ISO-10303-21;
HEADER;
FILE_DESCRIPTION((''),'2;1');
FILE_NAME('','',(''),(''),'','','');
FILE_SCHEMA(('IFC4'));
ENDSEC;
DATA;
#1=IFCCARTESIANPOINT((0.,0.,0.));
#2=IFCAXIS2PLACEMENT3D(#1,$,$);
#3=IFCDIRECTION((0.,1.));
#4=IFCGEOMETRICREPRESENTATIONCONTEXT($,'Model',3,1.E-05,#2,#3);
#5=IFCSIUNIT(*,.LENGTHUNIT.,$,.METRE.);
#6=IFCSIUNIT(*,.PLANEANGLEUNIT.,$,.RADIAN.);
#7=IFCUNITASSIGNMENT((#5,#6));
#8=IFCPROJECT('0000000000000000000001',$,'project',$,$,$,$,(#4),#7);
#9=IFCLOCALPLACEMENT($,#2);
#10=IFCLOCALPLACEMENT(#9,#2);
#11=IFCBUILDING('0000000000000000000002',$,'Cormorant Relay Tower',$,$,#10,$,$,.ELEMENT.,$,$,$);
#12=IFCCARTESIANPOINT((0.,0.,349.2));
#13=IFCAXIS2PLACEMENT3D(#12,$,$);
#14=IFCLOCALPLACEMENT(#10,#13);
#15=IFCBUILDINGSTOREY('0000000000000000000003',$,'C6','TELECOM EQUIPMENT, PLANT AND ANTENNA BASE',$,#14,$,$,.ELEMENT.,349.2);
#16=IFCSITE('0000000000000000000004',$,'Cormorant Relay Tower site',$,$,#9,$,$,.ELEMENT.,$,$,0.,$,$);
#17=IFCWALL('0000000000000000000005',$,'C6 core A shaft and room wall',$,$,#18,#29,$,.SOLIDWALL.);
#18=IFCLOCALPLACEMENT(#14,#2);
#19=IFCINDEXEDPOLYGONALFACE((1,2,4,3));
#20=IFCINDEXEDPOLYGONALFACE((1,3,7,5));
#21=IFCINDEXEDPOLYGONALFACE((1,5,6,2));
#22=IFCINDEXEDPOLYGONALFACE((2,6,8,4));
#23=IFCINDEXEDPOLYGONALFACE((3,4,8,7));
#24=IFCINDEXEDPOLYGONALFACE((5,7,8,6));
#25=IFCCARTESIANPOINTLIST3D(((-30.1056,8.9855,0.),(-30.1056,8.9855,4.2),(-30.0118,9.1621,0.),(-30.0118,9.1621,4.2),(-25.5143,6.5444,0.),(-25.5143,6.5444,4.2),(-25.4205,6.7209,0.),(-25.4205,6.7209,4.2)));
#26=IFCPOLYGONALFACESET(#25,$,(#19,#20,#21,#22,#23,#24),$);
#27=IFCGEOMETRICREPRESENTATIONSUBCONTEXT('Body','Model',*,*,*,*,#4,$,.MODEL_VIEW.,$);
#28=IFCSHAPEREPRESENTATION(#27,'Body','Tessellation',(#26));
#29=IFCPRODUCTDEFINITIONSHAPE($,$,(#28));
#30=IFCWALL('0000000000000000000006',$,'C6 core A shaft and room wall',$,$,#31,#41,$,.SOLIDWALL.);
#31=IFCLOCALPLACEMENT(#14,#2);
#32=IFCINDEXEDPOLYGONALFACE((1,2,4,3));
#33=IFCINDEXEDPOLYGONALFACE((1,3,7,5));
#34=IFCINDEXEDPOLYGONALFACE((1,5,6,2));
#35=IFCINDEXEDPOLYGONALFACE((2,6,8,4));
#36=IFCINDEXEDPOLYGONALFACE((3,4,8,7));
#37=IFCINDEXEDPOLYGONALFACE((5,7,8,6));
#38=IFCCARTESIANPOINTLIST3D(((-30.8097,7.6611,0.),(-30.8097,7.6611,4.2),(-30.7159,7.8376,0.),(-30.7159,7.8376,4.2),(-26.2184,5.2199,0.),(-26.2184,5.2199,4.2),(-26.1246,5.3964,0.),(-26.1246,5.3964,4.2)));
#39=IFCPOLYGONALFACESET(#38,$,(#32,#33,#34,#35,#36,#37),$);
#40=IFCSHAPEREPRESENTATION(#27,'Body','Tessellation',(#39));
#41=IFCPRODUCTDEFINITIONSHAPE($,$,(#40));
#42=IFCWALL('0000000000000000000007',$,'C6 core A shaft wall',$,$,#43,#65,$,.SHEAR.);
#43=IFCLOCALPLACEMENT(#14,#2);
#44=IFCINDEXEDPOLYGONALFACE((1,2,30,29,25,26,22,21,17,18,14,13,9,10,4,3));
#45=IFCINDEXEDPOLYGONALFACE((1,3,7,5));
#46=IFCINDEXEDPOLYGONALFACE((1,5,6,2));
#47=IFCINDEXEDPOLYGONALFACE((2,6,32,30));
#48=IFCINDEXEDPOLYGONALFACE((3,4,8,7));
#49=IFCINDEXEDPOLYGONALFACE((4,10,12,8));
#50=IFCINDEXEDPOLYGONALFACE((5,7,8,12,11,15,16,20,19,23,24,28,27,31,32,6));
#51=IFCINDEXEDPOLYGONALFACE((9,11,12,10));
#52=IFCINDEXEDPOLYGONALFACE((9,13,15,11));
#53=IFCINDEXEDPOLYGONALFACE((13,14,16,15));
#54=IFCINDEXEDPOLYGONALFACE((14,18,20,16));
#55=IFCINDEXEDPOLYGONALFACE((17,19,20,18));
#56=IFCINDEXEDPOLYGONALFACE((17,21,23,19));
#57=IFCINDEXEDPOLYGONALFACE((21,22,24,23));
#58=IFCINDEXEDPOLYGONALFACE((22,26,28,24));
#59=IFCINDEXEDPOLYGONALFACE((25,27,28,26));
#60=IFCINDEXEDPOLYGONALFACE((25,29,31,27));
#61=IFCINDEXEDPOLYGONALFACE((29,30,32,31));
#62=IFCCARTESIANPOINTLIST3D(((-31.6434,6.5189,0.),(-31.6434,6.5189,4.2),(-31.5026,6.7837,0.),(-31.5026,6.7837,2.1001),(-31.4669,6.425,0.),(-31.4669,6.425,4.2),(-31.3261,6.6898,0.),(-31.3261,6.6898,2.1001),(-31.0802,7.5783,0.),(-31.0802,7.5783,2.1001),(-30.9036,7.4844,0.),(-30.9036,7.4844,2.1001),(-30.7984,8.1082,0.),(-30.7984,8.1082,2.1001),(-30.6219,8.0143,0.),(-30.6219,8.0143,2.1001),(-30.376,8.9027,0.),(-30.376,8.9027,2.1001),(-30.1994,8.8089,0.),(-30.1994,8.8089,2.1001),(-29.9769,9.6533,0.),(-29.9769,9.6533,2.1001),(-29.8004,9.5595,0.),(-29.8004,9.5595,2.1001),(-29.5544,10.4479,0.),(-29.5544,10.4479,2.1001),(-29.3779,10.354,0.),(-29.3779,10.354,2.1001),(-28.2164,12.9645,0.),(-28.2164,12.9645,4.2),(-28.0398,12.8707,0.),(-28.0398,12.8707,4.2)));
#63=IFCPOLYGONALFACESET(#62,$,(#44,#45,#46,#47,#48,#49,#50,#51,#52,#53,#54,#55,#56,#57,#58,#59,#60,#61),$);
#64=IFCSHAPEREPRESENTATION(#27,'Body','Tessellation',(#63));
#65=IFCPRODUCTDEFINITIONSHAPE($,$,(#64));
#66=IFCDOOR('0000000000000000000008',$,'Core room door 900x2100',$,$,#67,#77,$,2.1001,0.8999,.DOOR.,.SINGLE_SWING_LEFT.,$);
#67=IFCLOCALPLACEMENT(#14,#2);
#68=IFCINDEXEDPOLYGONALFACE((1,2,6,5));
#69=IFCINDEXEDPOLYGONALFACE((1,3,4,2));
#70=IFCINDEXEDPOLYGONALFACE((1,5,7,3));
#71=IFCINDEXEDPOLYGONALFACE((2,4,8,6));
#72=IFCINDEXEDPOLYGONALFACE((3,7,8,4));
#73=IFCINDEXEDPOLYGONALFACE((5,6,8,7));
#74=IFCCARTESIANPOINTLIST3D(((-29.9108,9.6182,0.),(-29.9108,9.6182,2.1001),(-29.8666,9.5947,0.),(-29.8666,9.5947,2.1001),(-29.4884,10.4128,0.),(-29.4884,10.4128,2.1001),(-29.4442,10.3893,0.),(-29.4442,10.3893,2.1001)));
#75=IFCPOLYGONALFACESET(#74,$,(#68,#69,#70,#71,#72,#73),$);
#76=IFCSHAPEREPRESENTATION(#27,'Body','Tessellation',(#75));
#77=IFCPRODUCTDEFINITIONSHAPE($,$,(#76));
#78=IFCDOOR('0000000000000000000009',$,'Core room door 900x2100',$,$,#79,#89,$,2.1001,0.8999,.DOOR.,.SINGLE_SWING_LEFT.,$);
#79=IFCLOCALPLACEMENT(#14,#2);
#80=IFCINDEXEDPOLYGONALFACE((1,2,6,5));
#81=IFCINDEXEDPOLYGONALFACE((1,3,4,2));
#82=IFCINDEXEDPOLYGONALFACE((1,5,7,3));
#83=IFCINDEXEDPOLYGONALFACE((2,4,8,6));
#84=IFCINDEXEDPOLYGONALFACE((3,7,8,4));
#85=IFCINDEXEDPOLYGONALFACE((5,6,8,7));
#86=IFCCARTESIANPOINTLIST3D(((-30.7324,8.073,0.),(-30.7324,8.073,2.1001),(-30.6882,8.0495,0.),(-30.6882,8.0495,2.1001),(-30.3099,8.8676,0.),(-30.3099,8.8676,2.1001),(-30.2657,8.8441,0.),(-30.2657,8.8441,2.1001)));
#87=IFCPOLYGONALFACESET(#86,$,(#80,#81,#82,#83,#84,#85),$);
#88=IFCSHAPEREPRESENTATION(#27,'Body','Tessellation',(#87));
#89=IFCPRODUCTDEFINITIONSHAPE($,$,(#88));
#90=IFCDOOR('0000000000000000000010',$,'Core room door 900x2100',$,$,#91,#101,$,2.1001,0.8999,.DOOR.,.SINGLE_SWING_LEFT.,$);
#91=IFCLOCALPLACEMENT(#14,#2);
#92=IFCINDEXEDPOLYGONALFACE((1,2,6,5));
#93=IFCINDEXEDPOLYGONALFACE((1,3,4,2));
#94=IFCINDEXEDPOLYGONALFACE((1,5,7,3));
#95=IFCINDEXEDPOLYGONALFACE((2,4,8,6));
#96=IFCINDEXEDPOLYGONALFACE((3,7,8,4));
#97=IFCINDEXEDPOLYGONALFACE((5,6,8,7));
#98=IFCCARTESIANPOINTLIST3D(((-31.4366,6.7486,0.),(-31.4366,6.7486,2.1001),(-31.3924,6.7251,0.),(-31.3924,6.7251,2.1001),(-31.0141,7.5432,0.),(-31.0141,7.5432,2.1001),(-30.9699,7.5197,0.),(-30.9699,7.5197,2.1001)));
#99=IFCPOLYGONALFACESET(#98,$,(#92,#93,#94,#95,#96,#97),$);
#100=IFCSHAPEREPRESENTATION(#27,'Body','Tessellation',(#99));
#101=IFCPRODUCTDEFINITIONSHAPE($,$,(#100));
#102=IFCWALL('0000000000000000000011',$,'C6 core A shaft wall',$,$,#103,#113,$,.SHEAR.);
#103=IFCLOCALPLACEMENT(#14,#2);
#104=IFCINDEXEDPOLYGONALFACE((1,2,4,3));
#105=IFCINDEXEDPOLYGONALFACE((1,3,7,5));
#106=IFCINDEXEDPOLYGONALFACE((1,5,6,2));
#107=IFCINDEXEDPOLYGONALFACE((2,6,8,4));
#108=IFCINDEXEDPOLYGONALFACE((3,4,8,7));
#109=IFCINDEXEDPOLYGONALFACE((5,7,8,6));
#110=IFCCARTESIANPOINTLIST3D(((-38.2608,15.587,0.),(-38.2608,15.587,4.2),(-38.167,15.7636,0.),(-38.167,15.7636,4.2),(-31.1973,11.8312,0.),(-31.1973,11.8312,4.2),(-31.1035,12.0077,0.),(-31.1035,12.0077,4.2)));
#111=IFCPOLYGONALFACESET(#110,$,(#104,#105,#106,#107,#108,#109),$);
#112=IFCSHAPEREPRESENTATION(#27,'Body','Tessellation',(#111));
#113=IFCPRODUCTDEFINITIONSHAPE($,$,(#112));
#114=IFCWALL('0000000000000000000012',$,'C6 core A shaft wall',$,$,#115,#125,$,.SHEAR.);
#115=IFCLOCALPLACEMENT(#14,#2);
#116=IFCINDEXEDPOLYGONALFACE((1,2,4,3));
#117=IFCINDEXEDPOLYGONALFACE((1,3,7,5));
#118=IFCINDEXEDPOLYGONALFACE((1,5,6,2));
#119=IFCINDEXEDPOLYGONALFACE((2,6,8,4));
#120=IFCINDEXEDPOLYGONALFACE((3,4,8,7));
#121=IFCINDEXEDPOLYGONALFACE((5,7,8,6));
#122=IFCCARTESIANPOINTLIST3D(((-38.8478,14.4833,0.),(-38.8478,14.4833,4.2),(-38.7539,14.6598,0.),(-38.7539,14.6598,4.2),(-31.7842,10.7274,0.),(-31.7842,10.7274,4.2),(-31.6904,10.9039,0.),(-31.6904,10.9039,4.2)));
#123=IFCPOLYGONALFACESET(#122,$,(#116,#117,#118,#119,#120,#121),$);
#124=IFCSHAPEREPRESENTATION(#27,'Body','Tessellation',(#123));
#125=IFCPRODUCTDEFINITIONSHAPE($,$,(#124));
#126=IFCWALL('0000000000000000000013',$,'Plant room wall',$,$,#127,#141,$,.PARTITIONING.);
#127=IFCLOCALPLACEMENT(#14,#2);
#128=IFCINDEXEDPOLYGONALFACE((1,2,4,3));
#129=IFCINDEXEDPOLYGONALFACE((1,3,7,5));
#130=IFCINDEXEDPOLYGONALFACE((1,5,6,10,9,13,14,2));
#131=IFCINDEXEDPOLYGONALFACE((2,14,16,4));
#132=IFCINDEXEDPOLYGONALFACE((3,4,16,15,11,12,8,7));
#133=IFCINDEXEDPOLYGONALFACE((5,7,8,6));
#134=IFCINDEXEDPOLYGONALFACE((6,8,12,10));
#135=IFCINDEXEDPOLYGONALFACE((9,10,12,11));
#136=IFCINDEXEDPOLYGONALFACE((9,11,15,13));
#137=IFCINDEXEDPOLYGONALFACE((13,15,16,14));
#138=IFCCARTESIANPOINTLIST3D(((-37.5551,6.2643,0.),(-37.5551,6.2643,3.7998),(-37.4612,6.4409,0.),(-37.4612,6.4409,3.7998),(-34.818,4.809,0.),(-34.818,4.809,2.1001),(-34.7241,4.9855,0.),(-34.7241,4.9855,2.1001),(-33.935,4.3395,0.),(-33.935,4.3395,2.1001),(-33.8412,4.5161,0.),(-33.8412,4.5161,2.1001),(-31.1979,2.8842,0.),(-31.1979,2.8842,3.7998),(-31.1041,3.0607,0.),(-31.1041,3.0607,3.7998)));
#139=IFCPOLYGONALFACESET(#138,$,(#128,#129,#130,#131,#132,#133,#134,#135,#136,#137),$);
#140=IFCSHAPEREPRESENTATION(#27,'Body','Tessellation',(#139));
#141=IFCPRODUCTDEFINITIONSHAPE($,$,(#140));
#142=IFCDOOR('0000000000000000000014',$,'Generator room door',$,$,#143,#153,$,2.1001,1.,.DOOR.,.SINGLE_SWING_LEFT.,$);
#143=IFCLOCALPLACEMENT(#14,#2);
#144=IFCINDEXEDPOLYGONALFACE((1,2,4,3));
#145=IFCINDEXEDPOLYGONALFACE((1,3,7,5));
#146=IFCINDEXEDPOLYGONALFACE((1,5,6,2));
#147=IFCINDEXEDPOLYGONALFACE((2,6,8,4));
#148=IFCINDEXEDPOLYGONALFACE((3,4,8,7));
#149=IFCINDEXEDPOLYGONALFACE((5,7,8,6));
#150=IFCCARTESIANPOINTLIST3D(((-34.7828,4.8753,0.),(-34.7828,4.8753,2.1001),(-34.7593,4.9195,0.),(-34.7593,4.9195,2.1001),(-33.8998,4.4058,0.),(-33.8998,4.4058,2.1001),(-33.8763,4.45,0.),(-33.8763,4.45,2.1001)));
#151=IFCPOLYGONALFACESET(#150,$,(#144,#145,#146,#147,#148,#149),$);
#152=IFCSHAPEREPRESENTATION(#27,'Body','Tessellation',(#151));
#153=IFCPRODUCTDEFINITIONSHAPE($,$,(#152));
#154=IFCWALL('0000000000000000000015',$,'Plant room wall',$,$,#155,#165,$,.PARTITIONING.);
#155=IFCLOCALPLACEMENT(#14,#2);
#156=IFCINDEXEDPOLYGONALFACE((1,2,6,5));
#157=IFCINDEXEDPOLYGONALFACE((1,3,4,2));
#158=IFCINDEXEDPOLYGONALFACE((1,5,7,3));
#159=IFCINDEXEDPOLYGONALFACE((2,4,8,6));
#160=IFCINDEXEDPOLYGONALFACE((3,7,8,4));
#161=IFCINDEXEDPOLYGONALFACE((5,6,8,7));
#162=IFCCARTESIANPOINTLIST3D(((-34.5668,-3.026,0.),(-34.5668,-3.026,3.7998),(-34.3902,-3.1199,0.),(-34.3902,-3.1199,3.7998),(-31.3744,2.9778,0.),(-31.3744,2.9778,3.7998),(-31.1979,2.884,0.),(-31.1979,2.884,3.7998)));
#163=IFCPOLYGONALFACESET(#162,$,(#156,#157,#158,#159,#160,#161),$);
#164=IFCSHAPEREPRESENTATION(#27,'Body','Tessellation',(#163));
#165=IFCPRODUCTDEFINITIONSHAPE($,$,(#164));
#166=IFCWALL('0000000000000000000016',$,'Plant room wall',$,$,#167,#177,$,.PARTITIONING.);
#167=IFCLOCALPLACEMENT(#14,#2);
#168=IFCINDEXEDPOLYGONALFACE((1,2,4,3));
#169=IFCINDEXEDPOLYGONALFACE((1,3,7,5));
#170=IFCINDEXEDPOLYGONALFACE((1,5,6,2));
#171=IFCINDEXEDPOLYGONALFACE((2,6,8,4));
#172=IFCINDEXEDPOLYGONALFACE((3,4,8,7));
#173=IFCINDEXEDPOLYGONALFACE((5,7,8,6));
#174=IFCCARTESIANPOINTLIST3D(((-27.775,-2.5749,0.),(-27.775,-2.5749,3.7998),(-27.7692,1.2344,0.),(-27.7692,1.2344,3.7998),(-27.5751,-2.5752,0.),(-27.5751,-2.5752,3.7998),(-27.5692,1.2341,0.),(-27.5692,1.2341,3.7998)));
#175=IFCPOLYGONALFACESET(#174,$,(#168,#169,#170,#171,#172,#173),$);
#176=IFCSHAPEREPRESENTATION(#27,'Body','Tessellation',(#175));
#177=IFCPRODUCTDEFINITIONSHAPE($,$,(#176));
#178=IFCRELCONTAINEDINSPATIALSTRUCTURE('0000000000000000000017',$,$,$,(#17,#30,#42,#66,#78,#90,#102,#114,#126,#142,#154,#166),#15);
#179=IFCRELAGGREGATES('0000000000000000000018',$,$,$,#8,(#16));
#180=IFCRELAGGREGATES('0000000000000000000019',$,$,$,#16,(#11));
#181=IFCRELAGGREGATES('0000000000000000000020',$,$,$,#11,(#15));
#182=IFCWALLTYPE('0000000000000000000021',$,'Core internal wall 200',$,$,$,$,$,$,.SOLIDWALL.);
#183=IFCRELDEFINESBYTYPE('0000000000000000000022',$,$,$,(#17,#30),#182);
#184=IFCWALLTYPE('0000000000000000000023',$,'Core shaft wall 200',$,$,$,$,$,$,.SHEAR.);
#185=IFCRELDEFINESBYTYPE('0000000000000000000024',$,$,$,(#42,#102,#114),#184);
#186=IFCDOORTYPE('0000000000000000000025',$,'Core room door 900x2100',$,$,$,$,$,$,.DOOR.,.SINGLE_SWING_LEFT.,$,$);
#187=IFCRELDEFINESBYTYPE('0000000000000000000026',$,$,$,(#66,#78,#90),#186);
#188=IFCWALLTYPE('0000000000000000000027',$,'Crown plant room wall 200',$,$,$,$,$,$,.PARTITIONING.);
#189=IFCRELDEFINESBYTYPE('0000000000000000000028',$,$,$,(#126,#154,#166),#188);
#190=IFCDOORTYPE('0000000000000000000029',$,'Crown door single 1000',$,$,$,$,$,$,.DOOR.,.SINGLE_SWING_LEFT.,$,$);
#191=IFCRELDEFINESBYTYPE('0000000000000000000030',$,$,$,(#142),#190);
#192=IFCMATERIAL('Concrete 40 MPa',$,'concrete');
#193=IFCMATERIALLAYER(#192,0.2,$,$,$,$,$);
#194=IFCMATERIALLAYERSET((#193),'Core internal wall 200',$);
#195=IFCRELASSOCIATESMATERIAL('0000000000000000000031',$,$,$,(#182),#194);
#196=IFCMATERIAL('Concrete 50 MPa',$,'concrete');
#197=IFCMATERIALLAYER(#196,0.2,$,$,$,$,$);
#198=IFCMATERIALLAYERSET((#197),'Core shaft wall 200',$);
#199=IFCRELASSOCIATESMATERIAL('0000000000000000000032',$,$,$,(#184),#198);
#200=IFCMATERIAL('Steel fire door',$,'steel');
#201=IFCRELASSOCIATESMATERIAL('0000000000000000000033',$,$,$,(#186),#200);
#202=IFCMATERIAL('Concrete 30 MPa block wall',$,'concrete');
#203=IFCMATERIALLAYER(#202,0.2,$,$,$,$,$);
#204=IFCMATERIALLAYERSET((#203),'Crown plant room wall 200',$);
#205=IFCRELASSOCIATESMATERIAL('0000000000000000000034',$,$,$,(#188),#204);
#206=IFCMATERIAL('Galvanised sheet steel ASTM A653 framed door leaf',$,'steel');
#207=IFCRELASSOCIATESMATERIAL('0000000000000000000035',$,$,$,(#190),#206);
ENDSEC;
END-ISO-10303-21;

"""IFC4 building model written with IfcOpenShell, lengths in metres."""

from ifc_helpers import new_model, si_unit, direction, frame, frame_2d, origin, place, context, subcontext, project, spatial, rectangle, extrude, material, layer, layer_set, type_object, element, fill, save


model = new_model("IFC4")

# Units and contexts
model_context = context("Model", 3, precision=1e-05, world=origin(), true_north=direction((0.0, 1.0)))
body_context = subcontext(model_context, "Body", "Model", "MODEL_VIEW")
ifc_project = project(units=[si_unit("LENGTHUNIT", "METRE"), si_unit("PLANEANGLEUNIT", "RADIAN")], contexts=[model_context])

# Site, building, storey
site_placement = place(None, origin())
site = spatial("IfcSite", under=ifc_project, at=site_placement, Name="Cormorant Relay Tower site", CompositionType="ELEMENT", RefElevation=0.0)
building_placement = place(site_placement, origin())
building = spatial("IfcBuilding", under=site, at=building_placement, Name="Cormorant Relay Tower", CompositionType="ELEMENT")
storey_placement = place(building_placement, frame((0.0, 0.0, 349.2)))
storey = spatial("IfcBuildingStorey", under=building, at=storey_placement, Name="C6", Description="TELECOM EQUIPMENT, PLANT AND ANTENNA BASE", CompositionType="ELEMENT", Elevation=349.2)

# Walls
ifc_material_1 = material(Name="Concrete 40 MPa", Category="concrete")
ifc_layer_1 = layer(ifc_material_1, 0.2)
ifc_layer_set_1 = layer_set([ifc_layer_1], Name="Core internal wall 200")
wall_type_1 = type_object("IfcWallType", Name="Core internal wall 200", PredefinedType="SOLIDWALL", material=ifc_layer_set_1)
for number, where, z_axis, x_axis, name in (
    (1, (-25.4673, 6.6326, 0.0), (0.0, 0.0, 1.0), (-0.882954, 0.46946, 0.0), "C6 core A shaft and room wall"),
    (2, (-26.1714, 5.3081, 0.0), (0.0, 0.0, 1.0), (-0.882954, 0.46946, 0.0), "C6 core A shaft and room wall"),
):
    element("IfcWall", number, at=place(storey_placement, frame(where, z_axis=z_axis, x_axis=x_axis)), inside=storey, type_object=wall_type_1, Name=name, PredefinedType="SOLIDWALL", context=body_context, shape_type="SweptSolid", body=[
        extrude(rectangle(XDim=5.2, YDim=0.2, at=frame_2d((2.6001, 0.0))), origin(), (0.0, 0.0, 1.0), 4.2),
    ])

# Wall, openings, doors
ifc_material_2 = material(Name="Concrete 50 MPa", Category="concrete")
ifc_layer_2 = layer(ifc_material_2, 0.2)
ifc_layer_set_2 = layer_set([ifc_layer_2], Name="Core shaft wall 200")
wall_type_2 = type_object("IfcWallType", Name="Core shaft wall 200", PredefinedType="SHEAR", material=ifc_layer_set_2)
wall_1_placement = place(storey_placement, frame((-28.1282, 12.9175, 0.0), z_axis=(0.0, 0.0, 1.0), x_axis=(-0.469454, -0.882957, 0.0)))
wall_1 = element("IfcWall", 3, at=wall_1_placement, inside=storey, type_object=wall_type_2, Name="C6 core A shaft wall", PredefinedType="SHEAR", context=body_context, shape_type="SweptSolid", body=[
    extrude(rectangle(XDim=7.3, YDim=0.2, at=frame_2d((3.6499, 0.0))), origin(), (0.0, 0.0, 1.0), 4.2),
])
opening_1_placement = place(wall_1_placement, frame((2.8501, 0.0, 0.0)))
opening_1 = element("IfcOpeningElement", 4, at=opening_1_placement, cuts=wall_1, PredefinedType="OPENING", context=body_context, shape_type="SweptSolid", body=[
    extrude(rectangle(XDim=0.8999, YDim=2.1001, at=frame_2d((0.45, 1.05))), frame((0.0, 0.1099, 0.0), z_axis=(0.0, -1.0, 0.0), x_axis=(1.0, 0.0, 0.0)), (0.0, 0.0, 1.0), 0.22),
])
opening_2_placement = place(wall_1_placement, frame((4.6001, 0.0, 0.0)))
opening_2 = element("IfcOpeningElement", 5, at=opening_2_placement, cuts=wall_1, PredefinedType="OPENING", context=body_context, shape_type="SweptSolid", body=[
    extrude(rectangle(XDim=0.8999, YDim=2.1001, at=frame_2d((0.45, 1.05))), frame((0.0, 0.1099, 0.0), z_axis=(0.0, -1.0, 0.0), x_axis=(1.0, 0.0, 0.0)), (0.0, 0.0, 1.0), 0.22),
])
opening_3_placement = place(wall_1_placement, frame((6.1001, 0.0, 0.0)))
opening_3 = element("IfcOpeningElement", 6, at=opening_3_placement, cuts=wall_1, PredefinedType="OPENING", context=body_context, shape_type="SweptSolid", body=[
    extrude(rectangle(XDim=0.8999, YDim=2.1001, at=frame_2d((0.45, 1.05))), frame((0.0, 0.1099, 0.0), z_axis=(0.0, -1.0, 0.0), x_axis=(1.0, 0.0, 0.0)), (0.0, 0.0, 1.0), 0.22),
])
ifc_material_3 = material(Name="Steel fire door", Category="steel")
door_type_1 = type_object("IfcDoorType", Name="Core room door 900x2100", OperationType="SINGLE_SWING_LEFT", PredefinedType="DOOR", material=ifc_material_3)
door_1_placement = place(opening_1_placement, origin())
door_1 = element("IfcDoor", 7, at=door_1_placement, inside=storey, type_object=door_type_1, Name="Core room door 900x2100", OperationType="SINGLE_SWING_LEFT", OverallHeight=2.1001, OverallWidth=0.8999, PredefinedType="DOOR", context=body_context, shape_type="SweptSolid", body=[
    extrude(rectangle(XDim=0.8999, YDim=2.1001, at=frame_2d((0.45, 1.05))), frame((0.0, 0.0249, 0.0), z_axis=(0.0, -1.0, 0.0), x_axis=(1.0, 0.0, 0.0)), (0.0, 0.0, 1.0), 0.05),
])
fill(opening_1, door_1)
door_2_placement = place(opening_2_placement, origin())
door_2 = element("IfcDoor", 8, at=door_2_placement, inside=storey, type_object=door_type_1, Name="Core room door 900x2100", OperationType="SINGLE_SWING_LEFT", OverallHeight=2.1001, OverallWidth=0.8999, PredefinedType="DOOR", context=body_context, shape_type="SweptSolid", body=[
    extrude(rectangle(XDim=0.8999, YDim=2.1001, at=frame_2d((0.45, 1.05))), frame((0.0, 0.0249, 0.0), z_axis=(0.0, -1.0, 0.0), x_axis=(1.0, 0.0, 0.0)), (0.0, 0.0, 1.0), 0.05),
])
fill(opening_2, door_2)
door_3_placement = place(opening_3_placement, origin())
door_3 = element("IfcDoor", 9, at=door_3_placement, inside=storey, type_object=door_type_1, Name="Core room door 900x2100", OperationType="SINGLE_SWING_LEFT", OverallHeight=2.1001, OverallWidth=0.8999, PredefinedType="DOOR", context=body_context, shape_type="SweptSolid", body=[
    extrude(rectangle(XDim=0.8999, YDim=2.1001, at=frame_2d((0.45, 1.05))), frame((0.0, 0.0249, 0.0), z_axis=(0.0, -1.0, 0.0), x_axis=(1.0, 0.0, 0.0)), (0.0, 0.0, 1.0), 0.05),
])
fill(opening_3, door_3)

# Walls
for number, where, z_axis, x_axis, name in (
    (10, (-31.1504, 11.9194, 0.0), (0.0, 0.0, 1.0), (-0.88294, 0.469485, 0.0), "C6 core A shaft wall"),
    (11, (-31.7373, 10.8157, 0.0), (0.0, 0.0, 1.0), (-0.88294, 0.469485, 0.0), "C6 core A shaft wall"),
):
    element("IfcWall", number, at=place(storey_placement, frame(where, z_axis=z_axis, x_axis=x_axis)), inside=storey, type_object=wall_type_2, Name=name, PredefinedType="SHEAR", context=body_context, shape_type="SweptSolid", body=[
        extrude(rectangle(XDim=8.0, YDim=0.2, at=frame_2d((4.0, 0.0))), origin(), (0.0, 0.0, 1.0), 4.2),
    ])

# Wall, opening, door
ifc_material_4 = material(Name="Concrete 30 MPa block wall", Category="concrete")
ifc_layer_3 = layer(ifc_material_4, 0.2)
ifc_layer_set_3 = layer_set([ifc_layer_3], Name="Crown plant room wall 200")
wall_type_3 = type_object("IfcWallType", Name="Crown plant room wall 200", PredefinedType="PARTITIONING", material=ifc_layer_set_3)
wall_2_placement = place(storey_placement, frame((-31.1509, 2.9724, 0.0), z_axis=(0.0, 0.0, 1.0), x_axis=(-0.88295, 0.469467, 0.0)))
wall_2 = element("IfcWall", 12, at=wall_2_placement, inside=storey, type_object=wall_type_3, Name="Plant room wall", PredefinedType="PARTITIONING", context=body_context, shape_type="SweptSolid", body=[
    extrude(rectangle(XDim=7.2, YDim=0.2, at=frame_2d((3.6001, 0.0))), origin(), (0.0, 0.0, 1.0), 3.7998),
])
opening_4_placement = place(wall_2_placement, frame((3.1001, 0.0, 0.0)))
opening_4 = element("IfcOpeningElement", 13, at=opening_4_placement, cuts=wall_2, PredefinedType="OPENING", context=body_context, shape_type="SweptSolid", body=[
    extrude(rectangle(XDim=1.0, YDim=2.1001, at=frame_2d((0.5, 1.05))), frame((0.0, 0.1099, 0.0), z_axis=(0.0, -1.0, 0.0), x_axis=(1.0, 0.0, 0.0)), (0.0, 0.0, 1.0), 0.22),
])
ifc_material_5 = material(Name="Galvanised sheet steel ASTM A653 framed door leaf", Category="steel")
door_type_2 = type_object("IfcDoorType", Name="Crown door single 1000", OperationType="SINGLE_SWING_LEFT", PredefinedType="DOOR", material=ifc_material_5)
door_4_placement = place(opening_4_placement, origin())
door_4 = element("IfcDoor", 14, at=door_4_placement, inside=storey, type_object=door_type_2, Name="Generator room door", OperationType="SINGLE_SWING_LEFT", OverallHeight=2.1001, OverallWidth=1.0, PredefinedType="DOOR", context=body_context, shape_type="SweptSolid", body=[
    extrude(rectangle(XDim=1.0, YDim=2.1001, at=frame_2d((0.5, 1.05))), frame((0.0, 0.0249, 0.0), z_axis=(0.0, -1.0, 0.0), x_axis=(1.0, 0.0, 0.0)), (0.0, 0.0, 1.0), 0.05),
])
fill(opening_4, door_4)

# Walls
wall_3_placement = place(storey_placement, frame((-31.2861, 2.9309, 0.0), z_axis=(0.0, 0.0, 1.0), x_axis=(-0.469477, -0.882945, 0.0)))
element("IfcWall", 15, at=wall_3_placement, inside=storey, type_object=wall_type_3, Name="Plant room wall", PredefinedType="PARTITIONING", context=body_context, shape_type="SweptSolid", body=[
    extrude(rectangle(XDim=6.7998, YDim=0.2, at=frame_2d((3.3999, 0.0))), origin(), (0.0, 0.0, 1.0), 3.7998),
])
wall_4_placement = place(storey_placement, frame((-27.6692, 1.2344, 0.0), z_axis=(0.0, 0.0, 1.0), x_axis=(-0.001538, -0.999999, 0.0)))
element("IfcWall", 16, at=wall_4_placement, inside=storey, type_object=wall_type_3, Name="Plant room wall", PredefinedType="PARTITIONING", context=body_context, shape_type="SweptSolid", body=[
    extrude(rectangle(XDim=3.8093, YDim=0.2, at=frame_2d((1.9048, 0.0))), origin(), (0.0, 0.0, 1.0), 3.7998),
])

save(model, "model.ifc")
